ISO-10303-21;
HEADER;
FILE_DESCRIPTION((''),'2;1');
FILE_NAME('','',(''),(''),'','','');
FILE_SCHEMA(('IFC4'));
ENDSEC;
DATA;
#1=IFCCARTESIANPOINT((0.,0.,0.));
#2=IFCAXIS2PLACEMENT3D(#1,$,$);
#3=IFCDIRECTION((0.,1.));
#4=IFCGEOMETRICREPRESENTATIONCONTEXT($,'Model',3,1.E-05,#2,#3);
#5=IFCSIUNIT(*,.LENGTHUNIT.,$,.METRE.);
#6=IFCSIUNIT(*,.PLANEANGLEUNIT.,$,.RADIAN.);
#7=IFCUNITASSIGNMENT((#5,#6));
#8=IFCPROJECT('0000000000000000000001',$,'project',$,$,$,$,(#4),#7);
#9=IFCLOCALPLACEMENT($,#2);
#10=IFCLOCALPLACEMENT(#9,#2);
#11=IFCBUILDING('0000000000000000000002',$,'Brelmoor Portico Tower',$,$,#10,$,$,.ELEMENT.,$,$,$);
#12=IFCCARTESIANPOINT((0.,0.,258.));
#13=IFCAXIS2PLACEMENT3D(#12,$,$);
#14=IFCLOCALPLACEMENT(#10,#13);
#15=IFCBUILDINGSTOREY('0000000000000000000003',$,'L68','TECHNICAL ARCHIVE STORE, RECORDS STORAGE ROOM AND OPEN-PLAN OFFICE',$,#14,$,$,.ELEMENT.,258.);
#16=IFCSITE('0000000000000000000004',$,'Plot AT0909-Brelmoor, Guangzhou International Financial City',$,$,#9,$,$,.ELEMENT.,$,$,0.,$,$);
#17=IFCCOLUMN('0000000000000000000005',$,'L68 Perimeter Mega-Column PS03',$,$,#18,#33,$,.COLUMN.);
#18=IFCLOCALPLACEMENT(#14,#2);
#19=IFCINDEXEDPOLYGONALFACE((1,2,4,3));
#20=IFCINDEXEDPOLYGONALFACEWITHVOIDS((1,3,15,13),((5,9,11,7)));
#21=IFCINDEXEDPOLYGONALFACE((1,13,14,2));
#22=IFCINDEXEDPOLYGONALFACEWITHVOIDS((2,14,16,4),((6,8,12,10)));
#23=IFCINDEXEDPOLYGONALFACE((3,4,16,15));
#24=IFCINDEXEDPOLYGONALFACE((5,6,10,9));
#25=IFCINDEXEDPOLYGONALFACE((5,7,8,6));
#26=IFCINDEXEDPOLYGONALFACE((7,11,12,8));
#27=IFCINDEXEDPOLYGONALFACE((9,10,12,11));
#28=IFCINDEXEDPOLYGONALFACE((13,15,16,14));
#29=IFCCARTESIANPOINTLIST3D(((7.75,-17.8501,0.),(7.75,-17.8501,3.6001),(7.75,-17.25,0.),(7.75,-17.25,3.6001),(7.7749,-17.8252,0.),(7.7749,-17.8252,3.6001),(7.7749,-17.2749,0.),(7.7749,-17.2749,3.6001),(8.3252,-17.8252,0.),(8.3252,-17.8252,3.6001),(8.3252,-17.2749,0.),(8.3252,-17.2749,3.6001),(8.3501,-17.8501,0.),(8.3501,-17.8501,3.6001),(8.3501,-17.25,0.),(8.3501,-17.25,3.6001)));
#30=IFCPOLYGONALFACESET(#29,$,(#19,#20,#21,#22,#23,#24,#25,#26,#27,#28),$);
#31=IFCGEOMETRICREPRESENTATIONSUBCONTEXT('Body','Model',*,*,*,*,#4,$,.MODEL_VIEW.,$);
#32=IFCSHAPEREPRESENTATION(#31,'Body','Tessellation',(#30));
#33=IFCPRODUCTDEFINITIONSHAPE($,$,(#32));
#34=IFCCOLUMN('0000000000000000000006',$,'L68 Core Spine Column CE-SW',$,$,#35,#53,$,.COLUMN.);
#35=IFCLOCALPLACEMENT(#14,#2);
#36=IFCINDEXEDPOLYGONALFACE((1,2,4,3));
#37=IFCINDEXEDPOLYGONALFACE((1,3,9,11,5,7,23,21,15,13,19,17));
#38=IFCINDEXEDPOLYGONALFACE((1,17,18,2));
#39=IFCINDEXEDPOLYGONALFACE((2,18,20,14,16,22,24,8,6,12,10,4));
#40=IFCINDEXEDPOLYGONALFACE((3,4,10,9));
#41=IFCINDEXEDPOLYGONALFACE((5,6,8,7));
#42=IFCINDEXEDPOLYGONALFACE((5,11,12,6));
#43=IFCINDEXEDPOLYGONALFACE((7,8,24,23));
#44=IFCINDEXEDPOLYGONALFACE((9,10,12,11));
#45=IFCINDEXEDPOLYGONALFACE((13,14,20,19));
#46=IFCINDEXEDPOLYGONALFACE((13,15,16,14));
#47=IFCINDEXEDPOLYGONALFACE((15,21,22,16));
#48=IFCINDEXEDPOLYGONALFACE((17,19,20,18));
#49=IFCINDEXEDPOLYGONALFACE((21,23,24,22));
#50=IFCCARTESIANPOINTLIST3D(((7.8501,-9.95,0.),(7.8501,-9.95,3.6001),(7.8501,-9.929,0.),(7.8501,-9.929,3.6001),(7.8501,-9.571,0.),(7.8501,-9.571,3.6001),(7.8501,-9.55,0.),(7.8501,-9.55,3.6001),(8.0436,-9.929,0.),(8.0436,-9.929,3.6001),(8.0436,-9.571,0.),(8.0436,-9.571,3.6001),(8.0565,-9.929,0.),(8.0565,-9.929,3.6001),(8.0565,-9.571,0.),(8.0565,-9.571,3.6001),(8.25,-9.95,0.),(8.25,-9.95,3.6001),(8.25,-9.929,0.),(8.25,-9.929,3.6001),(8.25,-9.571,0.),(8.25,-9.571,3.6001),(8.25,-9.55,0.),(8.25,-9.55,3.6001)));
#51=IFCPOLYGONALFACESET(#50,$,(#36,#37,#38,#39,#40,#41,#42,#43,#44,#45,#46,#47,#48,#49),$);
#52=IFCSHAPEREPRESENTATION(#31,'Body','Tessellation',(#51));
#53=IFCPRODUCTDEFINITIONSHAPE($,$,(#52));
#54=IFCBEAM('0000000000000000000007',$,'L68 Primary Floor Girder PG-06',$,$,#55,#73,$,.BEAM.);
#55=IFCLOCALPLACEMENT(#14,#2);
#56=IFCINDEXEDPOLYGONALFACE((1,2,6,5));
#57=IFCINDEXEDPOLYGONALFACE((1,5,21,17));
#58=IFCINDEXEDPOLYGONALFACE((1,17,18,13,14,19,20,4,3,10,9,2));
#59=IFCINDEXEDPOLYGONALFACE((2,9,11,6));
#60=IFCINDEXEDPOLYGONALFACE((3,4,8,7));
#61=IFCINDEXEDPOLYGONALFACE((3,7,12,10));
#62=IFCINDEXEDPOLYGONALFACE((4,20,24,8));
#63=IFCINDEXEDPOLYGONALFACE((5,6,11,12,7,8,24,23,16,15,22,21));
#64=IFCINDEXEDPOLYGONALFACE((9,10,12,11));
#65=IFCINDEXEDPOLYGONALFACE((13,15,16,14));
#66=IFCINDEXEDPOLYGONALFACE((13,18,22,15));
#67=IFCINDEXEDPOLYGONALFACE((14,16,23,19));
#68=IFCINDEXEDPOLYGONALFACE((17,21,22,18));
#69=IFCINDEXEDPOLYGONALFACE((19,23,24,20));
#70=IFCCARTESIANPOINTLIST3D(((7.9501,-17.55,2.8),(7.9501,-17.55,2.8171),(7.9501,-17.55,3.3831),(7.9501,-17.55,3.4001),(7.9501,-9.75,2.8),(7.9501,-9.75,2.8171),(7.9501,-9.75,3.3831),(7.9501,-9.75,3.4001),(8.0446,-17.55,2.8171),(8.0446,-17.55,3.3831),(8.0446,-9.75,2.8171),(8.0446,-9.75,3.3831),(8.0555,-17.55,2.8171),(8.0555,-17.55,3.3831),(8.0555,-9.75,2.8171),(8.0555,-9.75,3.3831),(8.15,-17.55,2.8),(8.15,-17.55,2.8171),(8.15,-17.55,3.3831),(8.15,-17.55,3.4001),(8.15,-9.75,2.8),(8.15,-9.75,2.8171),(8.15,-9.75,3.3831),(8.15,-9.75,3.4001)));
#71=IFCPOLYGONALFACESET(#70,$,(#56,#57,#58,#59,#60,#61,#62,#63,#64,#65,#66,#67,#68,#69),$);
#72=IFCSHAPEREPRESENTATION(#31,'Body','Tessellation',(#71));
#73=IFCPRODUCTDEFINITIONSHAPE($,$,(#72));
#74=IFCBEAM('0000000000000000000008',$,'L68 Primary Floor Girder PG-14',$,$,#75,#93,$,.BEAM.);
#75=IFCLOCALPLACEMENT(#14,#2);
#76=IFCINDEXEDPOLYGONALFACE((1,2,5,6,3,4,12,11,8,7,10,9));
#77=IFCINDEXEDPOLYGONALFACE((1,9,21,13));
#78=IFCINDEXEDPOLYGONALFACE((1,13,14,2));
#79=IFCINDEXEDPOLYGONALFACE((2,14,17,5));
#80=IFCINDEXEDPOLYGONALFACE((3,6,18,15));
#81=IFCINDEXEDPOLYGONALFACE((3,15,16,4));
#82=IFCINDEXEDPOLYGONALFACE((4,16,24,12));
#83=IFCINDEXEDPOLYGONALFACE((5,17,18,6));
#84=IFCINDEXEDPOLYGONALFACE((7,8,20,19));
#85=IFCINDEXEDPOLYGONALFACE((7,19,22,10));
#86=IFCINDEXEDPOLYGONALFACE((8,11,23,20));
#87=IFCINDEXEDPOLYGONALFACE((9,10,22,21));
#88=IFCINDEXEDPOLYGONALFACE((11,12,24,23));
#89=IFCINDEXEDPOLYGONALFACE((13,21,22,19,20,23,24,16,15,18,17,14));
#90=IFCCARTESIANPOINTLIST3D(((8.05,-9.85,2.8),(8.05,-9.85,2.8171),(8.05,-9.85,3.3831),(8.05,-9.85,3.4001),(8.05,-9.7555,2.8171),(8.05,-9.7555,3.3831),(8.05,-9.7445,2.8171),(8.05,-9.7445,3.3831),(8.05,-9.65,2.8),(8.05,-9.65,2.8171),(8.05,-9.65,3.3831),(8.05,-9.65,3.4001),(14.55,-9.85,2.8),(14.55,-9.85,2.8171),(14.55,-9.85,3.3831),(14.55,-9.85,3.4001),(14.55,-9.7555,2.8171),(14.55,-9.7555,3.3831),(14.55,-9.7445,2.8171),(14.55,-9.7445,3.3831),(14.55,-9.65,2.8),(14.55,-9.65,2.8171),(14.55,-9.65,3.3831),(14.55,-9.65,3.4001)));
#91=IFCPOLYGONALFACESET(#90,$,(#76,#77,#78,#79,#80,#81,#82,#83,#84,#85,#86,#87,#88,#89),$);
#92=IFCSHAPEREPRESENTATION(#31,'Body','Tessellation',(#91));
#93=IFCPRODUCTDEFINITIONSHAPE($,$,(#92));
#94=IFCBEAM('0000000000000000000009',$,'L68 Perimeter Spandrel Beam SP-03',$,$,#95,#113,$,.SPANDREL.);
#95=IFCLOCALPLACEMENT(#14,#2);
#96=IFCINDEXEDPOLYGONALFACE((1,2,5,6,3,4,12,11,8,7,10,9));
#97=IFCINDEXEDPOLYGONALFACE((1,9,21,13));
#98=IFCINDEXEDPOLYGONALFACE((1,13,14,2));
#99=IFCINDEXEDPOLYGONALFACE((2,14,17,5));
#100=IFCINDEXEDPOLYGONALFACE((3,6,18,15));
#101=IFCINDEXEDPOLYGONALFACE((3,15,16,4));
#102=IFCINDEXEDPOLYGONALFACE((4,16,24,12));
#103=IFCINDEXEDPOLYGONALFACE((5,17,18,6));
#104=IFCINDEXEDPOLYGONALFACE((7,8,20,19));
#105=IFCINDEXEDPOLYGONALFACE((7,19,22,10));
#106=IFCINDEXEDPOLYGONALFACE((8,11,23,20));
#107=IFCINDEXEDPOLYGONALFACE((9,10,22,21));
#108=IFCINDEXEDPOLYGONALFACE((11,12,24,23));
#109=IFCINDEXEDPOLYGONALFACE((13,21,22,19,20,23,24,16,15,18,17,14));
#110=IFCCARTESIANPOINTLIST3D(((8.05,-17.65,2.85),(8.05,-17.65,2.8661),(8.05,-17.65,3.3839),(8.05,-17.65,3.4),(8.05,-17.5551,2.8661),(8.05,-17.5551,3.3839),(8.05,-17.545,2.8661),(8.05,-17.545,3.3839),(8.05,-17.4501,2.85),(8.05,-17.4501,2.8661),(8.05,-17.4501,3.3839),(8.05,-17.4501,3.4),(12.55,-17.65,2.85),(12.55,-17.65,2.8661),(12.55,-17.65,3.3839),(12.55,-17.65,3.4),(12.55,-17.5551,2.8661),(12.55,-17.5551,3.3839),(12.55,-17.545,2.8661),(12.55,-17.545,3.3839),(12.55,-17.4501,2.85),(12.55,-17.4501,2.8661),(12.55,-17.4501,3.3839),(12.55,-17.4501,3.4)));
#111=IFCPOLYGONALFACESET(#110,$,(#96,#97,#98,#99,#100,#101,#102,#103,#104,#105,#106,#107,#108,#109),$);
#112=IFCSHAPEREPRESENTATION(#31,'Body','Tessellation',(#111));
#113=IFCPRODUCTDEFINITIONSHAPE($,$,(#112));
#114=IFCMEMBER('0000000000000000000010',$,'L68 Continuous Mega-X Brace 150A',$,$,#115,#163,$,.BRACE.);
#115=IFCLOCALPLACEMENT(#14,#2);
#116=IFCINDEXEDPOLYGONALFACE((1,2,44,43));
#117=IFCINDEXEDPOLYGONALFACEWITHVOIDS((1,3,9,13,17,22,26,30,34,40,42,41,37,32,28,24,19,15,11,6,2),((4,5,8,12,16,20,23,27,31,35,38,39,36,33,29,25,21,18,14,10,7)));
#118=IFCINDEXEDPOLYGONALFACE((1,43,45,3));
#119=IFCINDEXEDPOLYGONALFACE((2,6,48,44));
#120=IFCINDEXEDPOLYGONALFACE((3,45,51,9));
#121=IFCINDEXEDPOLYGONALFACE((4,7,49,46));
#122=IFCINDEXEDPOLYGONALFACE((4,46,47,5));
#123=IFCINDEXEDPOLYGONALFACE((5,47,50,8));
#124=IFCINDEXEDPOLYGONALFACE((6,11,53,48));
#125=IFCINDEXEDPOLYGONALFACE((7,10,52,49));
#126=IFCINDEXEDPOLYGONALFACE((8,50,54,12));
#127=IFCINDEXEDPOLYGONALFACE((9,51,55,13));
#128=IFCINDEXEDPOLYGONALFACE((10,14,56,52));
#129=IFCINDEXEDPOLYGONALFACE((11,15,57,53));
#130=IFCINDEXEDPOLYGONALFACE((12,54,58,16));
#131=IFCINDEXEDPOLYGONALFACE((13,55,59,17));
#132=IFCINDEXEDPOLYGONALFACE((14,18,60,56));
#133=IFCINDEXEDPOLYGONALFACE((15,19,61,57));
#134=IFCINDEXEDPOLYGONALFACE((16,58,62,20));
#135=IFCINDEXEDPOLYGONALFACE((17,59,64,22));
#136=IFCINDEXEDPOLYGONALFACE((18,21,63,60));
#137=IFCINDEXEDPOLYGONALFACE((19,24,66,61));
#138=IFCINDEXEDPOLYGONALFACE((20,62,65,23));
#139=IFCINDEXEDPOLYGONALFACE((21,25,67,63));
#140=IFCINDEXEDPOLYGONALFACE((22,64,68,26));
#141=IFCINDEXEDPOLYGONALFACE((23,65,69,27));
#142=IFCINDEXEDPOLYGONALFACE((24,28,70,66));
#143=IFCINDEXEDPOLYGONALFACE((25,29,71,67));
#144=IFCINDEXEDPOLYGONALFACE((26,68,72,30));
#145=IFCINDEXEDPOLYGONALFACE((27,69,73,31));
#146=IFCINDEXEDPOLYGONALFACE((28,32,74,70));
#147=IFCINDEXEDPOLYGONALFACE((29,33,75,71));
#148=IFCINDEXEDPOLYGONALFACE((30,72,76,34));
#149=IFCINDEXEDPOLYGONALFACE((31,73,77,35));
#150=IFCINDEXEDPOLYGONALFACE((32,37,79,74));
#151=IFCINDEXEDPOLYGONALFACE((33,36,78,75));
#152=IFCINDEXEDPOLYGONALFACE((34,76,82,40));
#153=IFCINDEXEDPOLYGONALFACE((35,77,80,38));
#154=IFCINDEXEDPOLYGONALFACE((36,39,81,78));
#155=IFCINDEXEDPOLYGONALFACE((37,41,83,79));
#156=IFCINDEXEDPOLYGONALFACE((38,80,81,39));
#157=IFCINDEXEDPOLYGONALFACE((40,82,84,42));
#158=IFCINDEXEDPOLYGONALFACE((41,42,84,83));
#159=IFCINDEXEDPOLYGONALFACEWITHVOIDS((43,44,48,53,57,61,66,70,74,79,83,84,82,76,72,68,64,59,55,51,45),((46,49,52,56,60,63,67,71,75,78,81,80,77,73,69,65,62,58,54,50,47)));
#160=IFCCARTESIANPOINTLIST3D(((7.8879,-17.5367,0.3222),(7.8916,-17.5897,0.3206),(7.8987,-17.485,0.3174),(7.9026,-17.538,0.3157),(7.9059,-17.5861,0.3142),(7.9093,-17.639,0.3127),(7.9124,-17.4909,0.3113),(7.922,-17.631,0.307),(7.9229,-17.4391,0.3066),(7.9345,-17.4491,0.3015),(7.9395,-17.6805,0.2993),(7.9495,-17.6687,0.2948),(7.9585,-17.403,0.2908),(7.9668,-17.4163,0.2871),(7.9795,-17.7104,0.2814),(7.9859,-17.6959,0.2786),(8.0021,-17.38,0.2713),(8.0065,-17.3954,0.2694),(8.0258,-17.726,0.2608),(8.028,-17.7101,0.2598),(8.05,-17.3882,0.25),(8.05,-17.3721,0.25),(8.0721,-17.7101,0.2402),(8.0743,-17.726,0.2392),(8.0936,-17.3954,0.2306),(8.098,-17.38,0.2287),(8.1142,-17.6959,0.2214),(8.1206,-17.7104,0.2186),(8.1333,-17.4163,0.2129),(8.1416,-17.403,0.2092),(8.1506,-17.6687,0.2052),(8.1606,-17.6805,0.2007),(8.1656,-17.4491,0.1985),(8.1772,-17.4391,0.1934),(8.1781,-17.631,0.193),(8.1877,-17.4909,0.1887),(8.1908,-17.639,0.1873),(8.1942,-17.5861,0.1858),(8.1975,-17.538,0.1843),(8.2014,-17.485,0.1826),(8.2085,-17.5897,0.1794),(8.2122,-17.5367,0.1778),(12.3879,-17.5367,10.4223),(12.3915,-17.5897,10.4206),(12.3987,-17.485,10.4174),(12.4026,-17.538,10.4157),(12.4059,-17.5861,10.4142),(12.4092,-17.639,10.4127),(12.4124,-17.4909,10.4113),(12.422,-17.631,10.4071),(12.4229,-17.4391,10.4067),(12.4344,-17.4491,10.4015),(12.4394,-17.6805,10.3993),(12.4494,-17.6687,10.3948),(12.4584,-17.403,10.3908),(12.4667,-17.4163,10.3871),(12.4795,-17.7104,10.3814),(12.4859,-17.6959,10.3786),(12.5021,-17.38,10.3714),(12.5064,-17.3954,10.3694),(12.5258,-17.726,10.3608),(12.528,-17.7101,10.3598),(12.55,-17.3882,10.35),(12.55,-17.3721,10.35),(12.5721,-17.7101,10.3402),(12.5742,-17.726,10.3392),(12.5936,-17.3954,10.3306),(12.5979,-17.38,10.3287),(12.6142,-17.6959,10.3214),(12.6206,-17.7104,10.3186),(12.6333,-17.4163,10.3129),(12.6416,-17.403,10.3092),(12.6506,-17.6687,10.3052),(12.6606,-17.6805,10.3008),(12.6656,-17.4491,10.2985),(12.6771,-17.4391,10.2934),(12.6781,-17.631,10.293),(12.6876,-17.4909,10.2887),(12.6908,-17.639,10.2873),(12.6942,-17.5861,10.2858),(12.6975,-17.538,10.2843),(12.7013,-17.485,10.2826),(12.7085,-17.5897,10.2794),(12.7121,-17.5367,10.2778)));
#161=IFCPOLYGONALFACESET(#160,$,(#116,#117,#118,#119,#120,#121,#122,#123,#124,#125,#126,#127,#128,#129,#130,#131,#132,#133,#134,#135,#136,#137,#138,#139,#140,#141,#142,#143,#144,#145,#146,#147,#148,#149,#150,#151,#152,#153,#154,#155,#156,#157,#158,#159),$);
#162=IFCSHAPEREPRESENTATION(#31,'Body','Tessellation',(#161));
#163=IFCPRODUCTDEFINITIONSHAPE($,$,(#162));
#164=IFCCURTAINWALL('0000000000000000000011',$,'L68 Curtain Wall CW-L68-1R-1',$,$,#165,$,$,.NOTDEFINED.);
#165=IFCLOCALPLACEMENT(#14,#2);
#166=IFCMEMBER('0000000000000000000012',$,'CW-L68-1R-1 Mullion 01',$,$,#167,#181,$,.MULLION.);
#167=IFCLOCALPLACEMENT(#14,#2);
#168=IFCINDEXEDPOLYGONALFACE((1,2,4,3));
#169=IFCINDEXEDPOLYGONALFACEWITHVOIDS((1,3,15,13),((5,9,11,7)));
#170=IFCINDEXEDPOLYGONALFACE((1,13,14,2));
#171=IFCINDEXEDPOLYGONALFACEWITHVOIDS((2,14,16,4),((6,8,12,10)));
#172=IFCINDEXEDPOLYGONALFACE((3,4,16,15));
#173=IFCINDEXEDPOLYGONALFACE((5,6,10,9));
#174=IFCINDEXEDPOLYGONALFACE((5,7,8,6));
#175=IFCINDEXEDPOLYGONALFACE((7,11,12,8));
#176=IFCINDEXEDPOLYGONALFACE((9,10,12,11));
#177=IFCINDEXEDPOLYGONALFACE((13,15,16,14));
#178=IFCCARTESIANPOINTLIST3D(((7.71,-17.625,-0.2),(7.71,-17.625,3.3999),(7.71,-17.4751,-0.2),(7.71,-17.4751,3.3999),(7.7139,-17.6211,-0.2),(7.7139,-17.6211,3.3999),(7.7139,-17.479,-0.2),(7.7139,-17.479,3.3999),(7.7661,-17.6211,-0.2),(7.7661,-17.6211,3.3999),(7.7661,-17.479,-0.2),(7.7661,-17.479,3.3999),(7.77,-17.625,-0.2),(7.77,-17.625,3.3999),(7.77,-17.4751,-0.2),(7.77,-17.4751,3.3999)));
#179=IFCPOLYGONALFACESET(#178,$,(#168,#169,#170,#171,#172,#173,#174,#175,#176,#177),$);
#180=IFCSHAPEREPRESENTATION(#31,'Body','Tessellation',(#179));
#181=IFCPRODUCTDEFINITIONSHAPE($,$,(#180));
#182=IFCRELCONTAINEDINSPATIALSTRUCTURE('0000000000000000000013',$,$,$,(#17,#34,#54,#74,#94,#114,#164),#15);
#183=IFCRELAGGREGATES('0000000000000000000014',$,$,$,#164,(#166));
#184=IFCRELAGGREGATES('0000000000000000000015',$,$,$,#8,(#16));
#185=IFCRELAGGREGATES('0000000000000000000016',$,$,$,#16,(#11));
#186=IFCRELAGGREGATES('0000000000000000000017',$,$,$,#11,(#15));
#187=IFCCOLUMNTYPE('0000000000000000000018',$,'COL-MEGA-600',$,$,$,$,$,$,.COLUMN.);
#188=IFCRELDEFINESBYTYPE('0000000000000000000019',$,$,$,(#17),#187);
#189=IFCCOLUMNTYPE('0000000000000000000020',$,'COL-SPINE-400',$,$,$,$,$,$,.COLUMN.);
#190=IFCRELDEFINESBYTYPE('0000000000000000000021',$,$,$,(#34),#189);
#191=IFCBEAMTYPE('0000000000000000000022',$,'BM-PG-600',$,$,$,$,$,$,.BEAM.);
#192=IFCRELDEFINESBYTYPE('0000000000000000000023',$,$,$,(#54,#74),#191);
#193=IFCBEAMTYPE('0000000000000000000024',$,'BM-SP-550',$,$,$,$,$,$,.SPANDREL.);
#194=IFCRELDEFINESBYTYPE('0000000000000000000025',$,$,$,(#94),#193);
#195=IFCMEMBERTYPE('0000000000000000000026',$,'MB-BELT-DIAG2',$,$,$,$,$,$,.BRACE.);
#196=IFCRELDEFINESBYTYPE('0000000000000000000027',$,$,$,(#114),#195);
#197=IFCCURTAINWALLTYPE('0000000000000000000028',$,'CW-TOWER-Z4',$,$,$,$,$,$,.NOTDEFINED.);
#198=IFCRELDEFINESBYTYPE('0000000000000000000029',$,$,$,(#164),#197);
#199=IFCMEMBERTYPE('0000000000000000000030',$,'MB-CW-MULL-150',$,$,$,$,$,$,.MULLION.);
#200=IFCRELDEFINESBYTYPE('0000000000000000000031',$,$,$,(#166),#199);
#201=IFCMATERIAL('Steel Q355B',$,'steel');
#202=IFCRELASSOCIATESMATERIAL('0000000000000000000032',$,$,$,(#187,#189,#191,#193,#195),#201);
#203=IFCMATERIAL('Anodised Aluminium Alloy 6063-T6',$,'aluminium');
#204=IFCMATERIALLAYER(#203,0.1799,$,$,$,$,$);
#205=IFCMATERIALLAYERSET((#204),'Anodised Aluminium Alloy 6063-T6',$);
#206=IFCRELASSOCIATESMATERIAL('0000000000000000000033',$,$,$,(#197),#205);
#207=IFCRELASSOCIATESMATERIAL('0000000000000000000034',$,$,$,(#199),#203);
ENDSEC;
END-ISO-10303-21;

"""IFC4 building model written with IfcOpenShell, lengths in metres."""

from ifc_helpers import new_model, si_unit, direction, frame, origin, origin_2d, place, context, subcontext, project, spatial, hollow_rectangle, hollow_circle, i_section, extrude, material, layer, layer_set, material_profile, profile_set, type_object, element, aggregate, save


model = new_model("IFC4")

# Units and contexts
model_context = context("Model", 3, precision=1e-05, world=origin(), true_north=direction((0.0, 1.0)))
body_context = subcontext(model_context, "Body", "Model", "MODEL_VIEW")
ifc_project = project(units=[si_unit("LENGTHUNIT", "METRE"), si_unit("PLANEANGLEUNIT", "RADIAN")], contexts=[model_context])

# Site, building, storey
site_placement = place(None, origin())
site = spatial("IfcSite", under=ifc_project, at=site_placement, Name="Plot AT0909-Brelmoor, Guangzhou International Financial City", CompositionType="ELEMENT", RefElevation=0.0)
building_placement = place(site_placement, origin())
building = spatial("IfcBuilding", under=site, at=building_placement, Name="Brelmoor Portico Tower", CompositionType="ELEMENT")
storey_placement = place(building_placement, frame((0.0, 0.0, 258.0)))
storey = spatial("IfcBuildingStorey", under=building, at=storey_placement, Name="L68", Description="TECHNICAL ARCHIVE STORE, RECORDS STORAGE ROOM AND OPEN-PLAN OFFICE", CompositionType="ELEMENT", Elevation=258.0)

# Columns
ifc_material_1 = material(Name="Steel Q355B", Category="steel")
ifc_material_profile_1 = material_profile(ifc_material_1, hollow_rectangle(XDim=0.6001, YDim=0.6001, WallThickness=0.0249, at=origin_2d()), Name="BOX 600x600x25")
ifc_profile_set_1 = profile_set([ifc_material_profile_1], Name="Steel Q355B")
column_type_1 = type_object("IfcColumnType", Name="COL-MEGA-600", PredefinedType="COLUMN", material=ifc_profile_set_1)
column_1_placement = place(storey_placement, frame((8.05, -17.55, 0.0), z_axis=(0.0, 0.0, 1.0), x_axis=(1.0, 0.0, 0.0)))
element("IfcColumn", 1, at=column_1_placement, inside=storey, type_object=column_type_1, Name="L68 Perimeter Mega-Column PS03", PredefinedType="COLUMN", context=body_context, shape_type="SweptSolid", body=[
    extrude(hollow_rectangle(XDim=0.6001, YDim=0.6001, WallThickness=0.0249, at=origin_2d()), origin(), (0.0, 0.0, 1.0), 3.6001),
])
ifc_material_profile_2 = material_profile(ifc_material_1, i_section(OverallWidth=0.3999, OverallDepth=0.3999, WebThickness=0.0129, FlangeThickness=0.021, at=origin_2d()), Name="HW 400x400x13x21")
ifc_profile_set_2 = profile_set([ifc_material_profile_2], Name="Steel Q355B")
column_type_2 = type_object("IfcColumnType", Name="COL-SPINE-400", PredefinedType="COLUMN", material=ifc_profile_set_2)
column_2_placement = place(storey_placement, frame((8.05, -9.75, 0.0), z_axis=(0.0, 0.0, 1.0), x_axis=(1.0, 0.0, 0.0)))
element("IfcColumn", 2, at=column_2_placement, inside=storey, type_object=column_type_2, Name="L68 Core Spine Column CE-SW", PredefinedType="COLUMN", context=body_context, shape_type="SweptSolid", body=[
    extrude(i_section(OverallWidth=0.3999, OverallDepth=0.3999, WebThickness=0.0129, FlangeThickness=0.021, at=origin_2d()), origin(), (0.0, 0.0, 1.0), 3.6001),
])

# Beams
ifc_material_profile_3 = material_profile(ifc_material_1, i_section(OverallWidth=0.2, OverallDepth=0.6001, WebThickness=0.011, FlangeThickness=0.0171, at=origin_2d()), Name="HN 600x200x11x17")
ifc_profile_set_3 = profile_set([ifc_material_profile_3], Name="Steel Q355B")
beam_type_1 = type_object("IfcBeamType", Name="BM-PG-600", PredefinedType="BEAM", material=ifc_profile_set_3)
beam_1_placement = place(storey_placement, frame((8.05, -17.55, 3.1001), z_axis=(0.0, 1.0, 0.0), x_axis=(-1.0, 0.0, 0.0)))
element("IfcBeam", 3, at=beam_1_placement, inside=storey, type_object=beam_type_1, Name="L68 Primary Floor Girder PG-06", PredefinedType="BEAM", context=body_context, shape_type="SweptSolid", body=[
    extrude(i_section(OverallWidth=0.2, OverallDepth=0.6001, WebThickness=0.011, FlangeThickness=0.0171, at=origin_2d()), origin(), (0.0, 0.0, 1.0), 7.8),
])
beam_2_placement = place(storey_placement, frame((8.05, -9.75, 3.1001), z_axis=(1.0, 0.0, 0.0), x_axis=(0.0, 1.0, 0.0)))
element("IfcBeam", 4, at=beam_2_placement, inside=storey, type_object=beam_type_1, Name="L68 Primary Floor Girder PG-14", PredefinedType="BEAM", context=body_context, shape_type="SweptSolid", body=[
    extrude(i_section(OverallWidth=0.2, OverallDepth=0.6001, WebThickness=0.011, FlangeThickness=0.0171, at=origin_2d()), origin(), (0.0, 0.0, 1.0), 6.5),
])
ifc_material_profile_4 = material_profile(ifc_material_1, i_section(OverallWidth=0.2, OverallDepth=0.55, WebThickness=0.01, FlangeThickness=0.0161, at=origin_2d()), Name="HN 550x200x10x16")
ifc_profile_set_4 = profile_set([ifc_material_profile_4], Name="Steel Q355B")
beam_type_2 = type_object("IfcBeamType", Name="BM-SP-550", PredefinedType="SPANDREL", material=ifc_profile_set_4)
beam_3_placement = place(storey_placement, frame((8.05, -17.55, 3.125), z_axis=(1.0, 0.0, 0.0), x_axis=(0.0, 1.0, 0.0)))
element("IfcBeam", 5, at=beam_3_placement, inside=storey, type_object=beam_type_2, Name="L68 Perimeter Spandrel Beam SP-03", PredefinedType="SPANDREL", context=body_context, shape_type="SweptSolid", body=[
    extrude(i_section(OverallWidth=0.2, OverallDepth=0.55, WebThickness=0.01, FlangeThickness=0.0161, at=origin_2d()), origin(), (0.0, 0.0, 1.0), 4.5),
])

# Member
ifc_material_profile_5 = material_profile(ifc_material_1, hollow_circle(Radius=0.178, WallThickness=0.0161, at=origin_2d()), Name="CHS 356x16")
ifc_profile_set_5 = profile_set([ifc_material_profile_5], Name="Steel Q355B")
member_type_1 = type_object("IfcMemberType", Name="MB-BELT-DIAG2", PredefinedType="BRACE", material=ifc_profile_set_5)
member_1_placement = place(storey_placement, frame((8.05, -17.55, 0.25), z_axis=(0.406974, 0.0, 0.91344), x_axis=(0.0, 1.0, 0.0)))
element("IfcMember", 6, at=member_1_placement, inside=storey, type_object=member_type_1, Name="L68 Continuous Mega-X Brace 150A", PredefinedType="BRACE", context=body_context, shape_type="SweptSolid", body=[
    extrude(hollow_circle(Radius=0.178, WallThickness=0.0161, at=origin_2d()), origin(), (0.0, 0.0, 1.0), 11.0571),
])

# Curtain wall, member
ifc_material_2 = material(Name="Anodised Aluminium Alloy 6063-T6", Category="aluminium")
ifc_layer_1 = layer(ifc_material_2, 0.1799)
ifc_layer_set_1 = layer_set([ifc_layer_1], Name="Anodised Aluminium Alloy 6063-T6")
curtain_wall_type_1 = type_object("IfcCurtainWallType", Name="CW-TOWER-Z4", PredefinedType="NOTDEFINED", material=ifc_layer_set_1)
curtain_wall_1_placement = place(storey_placement, origin())
curtain_wall_1 = element("IfcCurtainWall", 7, at=curtain_wall_1_placement, inside=storey, type_object=curtain_wall_type_1, Name="L68 Curtain Wall CW-L68-1R-1", PredefinedType="NOTDEFINED")
ifc_material_profile_6 = material_profile(ifc_material_2, hollow_rectangle(XDim=0.0601, YDim=0.1499, WallThickness=0.0039, at=origin_2d()), Name="ALU MULLION 60x150")
ifc_profile_set_6 = profile_set([ifc_material_profile_6], Name="Anodised Aluminium Alloy 6063-T6")
member_type_2 = type_object("IfcMemberType", Name="MB-CW-MULL-150", PredefinedType="MULLION", material=ifc_profile_set_6)
member_2_placement = place(storey_placement, frame((7.74, -17.55, -0.2), z_axis=(0.0, 0.0, 1.0), x_axis=(1.0, 0.0, 0.0)))
member_2 = element("IfcMember", 8, at=member_2_placement, type_object=member_type_2, Name="CW-L68-1R-1 Mullion 01", PredefinedType="MULLION", context=body_context, shape_type="SweptSolid", body=[
    extrude(hollow_rectangle(XDim=0.0601, YDim=0.1499, WallThickness=0.0039, at=origin_2d()), origin(), (0.0, 0.0, 1.0), 3.5999),
])

aggregate(curtain_wall_1, [member_2])

save(model, "model.ifc")
